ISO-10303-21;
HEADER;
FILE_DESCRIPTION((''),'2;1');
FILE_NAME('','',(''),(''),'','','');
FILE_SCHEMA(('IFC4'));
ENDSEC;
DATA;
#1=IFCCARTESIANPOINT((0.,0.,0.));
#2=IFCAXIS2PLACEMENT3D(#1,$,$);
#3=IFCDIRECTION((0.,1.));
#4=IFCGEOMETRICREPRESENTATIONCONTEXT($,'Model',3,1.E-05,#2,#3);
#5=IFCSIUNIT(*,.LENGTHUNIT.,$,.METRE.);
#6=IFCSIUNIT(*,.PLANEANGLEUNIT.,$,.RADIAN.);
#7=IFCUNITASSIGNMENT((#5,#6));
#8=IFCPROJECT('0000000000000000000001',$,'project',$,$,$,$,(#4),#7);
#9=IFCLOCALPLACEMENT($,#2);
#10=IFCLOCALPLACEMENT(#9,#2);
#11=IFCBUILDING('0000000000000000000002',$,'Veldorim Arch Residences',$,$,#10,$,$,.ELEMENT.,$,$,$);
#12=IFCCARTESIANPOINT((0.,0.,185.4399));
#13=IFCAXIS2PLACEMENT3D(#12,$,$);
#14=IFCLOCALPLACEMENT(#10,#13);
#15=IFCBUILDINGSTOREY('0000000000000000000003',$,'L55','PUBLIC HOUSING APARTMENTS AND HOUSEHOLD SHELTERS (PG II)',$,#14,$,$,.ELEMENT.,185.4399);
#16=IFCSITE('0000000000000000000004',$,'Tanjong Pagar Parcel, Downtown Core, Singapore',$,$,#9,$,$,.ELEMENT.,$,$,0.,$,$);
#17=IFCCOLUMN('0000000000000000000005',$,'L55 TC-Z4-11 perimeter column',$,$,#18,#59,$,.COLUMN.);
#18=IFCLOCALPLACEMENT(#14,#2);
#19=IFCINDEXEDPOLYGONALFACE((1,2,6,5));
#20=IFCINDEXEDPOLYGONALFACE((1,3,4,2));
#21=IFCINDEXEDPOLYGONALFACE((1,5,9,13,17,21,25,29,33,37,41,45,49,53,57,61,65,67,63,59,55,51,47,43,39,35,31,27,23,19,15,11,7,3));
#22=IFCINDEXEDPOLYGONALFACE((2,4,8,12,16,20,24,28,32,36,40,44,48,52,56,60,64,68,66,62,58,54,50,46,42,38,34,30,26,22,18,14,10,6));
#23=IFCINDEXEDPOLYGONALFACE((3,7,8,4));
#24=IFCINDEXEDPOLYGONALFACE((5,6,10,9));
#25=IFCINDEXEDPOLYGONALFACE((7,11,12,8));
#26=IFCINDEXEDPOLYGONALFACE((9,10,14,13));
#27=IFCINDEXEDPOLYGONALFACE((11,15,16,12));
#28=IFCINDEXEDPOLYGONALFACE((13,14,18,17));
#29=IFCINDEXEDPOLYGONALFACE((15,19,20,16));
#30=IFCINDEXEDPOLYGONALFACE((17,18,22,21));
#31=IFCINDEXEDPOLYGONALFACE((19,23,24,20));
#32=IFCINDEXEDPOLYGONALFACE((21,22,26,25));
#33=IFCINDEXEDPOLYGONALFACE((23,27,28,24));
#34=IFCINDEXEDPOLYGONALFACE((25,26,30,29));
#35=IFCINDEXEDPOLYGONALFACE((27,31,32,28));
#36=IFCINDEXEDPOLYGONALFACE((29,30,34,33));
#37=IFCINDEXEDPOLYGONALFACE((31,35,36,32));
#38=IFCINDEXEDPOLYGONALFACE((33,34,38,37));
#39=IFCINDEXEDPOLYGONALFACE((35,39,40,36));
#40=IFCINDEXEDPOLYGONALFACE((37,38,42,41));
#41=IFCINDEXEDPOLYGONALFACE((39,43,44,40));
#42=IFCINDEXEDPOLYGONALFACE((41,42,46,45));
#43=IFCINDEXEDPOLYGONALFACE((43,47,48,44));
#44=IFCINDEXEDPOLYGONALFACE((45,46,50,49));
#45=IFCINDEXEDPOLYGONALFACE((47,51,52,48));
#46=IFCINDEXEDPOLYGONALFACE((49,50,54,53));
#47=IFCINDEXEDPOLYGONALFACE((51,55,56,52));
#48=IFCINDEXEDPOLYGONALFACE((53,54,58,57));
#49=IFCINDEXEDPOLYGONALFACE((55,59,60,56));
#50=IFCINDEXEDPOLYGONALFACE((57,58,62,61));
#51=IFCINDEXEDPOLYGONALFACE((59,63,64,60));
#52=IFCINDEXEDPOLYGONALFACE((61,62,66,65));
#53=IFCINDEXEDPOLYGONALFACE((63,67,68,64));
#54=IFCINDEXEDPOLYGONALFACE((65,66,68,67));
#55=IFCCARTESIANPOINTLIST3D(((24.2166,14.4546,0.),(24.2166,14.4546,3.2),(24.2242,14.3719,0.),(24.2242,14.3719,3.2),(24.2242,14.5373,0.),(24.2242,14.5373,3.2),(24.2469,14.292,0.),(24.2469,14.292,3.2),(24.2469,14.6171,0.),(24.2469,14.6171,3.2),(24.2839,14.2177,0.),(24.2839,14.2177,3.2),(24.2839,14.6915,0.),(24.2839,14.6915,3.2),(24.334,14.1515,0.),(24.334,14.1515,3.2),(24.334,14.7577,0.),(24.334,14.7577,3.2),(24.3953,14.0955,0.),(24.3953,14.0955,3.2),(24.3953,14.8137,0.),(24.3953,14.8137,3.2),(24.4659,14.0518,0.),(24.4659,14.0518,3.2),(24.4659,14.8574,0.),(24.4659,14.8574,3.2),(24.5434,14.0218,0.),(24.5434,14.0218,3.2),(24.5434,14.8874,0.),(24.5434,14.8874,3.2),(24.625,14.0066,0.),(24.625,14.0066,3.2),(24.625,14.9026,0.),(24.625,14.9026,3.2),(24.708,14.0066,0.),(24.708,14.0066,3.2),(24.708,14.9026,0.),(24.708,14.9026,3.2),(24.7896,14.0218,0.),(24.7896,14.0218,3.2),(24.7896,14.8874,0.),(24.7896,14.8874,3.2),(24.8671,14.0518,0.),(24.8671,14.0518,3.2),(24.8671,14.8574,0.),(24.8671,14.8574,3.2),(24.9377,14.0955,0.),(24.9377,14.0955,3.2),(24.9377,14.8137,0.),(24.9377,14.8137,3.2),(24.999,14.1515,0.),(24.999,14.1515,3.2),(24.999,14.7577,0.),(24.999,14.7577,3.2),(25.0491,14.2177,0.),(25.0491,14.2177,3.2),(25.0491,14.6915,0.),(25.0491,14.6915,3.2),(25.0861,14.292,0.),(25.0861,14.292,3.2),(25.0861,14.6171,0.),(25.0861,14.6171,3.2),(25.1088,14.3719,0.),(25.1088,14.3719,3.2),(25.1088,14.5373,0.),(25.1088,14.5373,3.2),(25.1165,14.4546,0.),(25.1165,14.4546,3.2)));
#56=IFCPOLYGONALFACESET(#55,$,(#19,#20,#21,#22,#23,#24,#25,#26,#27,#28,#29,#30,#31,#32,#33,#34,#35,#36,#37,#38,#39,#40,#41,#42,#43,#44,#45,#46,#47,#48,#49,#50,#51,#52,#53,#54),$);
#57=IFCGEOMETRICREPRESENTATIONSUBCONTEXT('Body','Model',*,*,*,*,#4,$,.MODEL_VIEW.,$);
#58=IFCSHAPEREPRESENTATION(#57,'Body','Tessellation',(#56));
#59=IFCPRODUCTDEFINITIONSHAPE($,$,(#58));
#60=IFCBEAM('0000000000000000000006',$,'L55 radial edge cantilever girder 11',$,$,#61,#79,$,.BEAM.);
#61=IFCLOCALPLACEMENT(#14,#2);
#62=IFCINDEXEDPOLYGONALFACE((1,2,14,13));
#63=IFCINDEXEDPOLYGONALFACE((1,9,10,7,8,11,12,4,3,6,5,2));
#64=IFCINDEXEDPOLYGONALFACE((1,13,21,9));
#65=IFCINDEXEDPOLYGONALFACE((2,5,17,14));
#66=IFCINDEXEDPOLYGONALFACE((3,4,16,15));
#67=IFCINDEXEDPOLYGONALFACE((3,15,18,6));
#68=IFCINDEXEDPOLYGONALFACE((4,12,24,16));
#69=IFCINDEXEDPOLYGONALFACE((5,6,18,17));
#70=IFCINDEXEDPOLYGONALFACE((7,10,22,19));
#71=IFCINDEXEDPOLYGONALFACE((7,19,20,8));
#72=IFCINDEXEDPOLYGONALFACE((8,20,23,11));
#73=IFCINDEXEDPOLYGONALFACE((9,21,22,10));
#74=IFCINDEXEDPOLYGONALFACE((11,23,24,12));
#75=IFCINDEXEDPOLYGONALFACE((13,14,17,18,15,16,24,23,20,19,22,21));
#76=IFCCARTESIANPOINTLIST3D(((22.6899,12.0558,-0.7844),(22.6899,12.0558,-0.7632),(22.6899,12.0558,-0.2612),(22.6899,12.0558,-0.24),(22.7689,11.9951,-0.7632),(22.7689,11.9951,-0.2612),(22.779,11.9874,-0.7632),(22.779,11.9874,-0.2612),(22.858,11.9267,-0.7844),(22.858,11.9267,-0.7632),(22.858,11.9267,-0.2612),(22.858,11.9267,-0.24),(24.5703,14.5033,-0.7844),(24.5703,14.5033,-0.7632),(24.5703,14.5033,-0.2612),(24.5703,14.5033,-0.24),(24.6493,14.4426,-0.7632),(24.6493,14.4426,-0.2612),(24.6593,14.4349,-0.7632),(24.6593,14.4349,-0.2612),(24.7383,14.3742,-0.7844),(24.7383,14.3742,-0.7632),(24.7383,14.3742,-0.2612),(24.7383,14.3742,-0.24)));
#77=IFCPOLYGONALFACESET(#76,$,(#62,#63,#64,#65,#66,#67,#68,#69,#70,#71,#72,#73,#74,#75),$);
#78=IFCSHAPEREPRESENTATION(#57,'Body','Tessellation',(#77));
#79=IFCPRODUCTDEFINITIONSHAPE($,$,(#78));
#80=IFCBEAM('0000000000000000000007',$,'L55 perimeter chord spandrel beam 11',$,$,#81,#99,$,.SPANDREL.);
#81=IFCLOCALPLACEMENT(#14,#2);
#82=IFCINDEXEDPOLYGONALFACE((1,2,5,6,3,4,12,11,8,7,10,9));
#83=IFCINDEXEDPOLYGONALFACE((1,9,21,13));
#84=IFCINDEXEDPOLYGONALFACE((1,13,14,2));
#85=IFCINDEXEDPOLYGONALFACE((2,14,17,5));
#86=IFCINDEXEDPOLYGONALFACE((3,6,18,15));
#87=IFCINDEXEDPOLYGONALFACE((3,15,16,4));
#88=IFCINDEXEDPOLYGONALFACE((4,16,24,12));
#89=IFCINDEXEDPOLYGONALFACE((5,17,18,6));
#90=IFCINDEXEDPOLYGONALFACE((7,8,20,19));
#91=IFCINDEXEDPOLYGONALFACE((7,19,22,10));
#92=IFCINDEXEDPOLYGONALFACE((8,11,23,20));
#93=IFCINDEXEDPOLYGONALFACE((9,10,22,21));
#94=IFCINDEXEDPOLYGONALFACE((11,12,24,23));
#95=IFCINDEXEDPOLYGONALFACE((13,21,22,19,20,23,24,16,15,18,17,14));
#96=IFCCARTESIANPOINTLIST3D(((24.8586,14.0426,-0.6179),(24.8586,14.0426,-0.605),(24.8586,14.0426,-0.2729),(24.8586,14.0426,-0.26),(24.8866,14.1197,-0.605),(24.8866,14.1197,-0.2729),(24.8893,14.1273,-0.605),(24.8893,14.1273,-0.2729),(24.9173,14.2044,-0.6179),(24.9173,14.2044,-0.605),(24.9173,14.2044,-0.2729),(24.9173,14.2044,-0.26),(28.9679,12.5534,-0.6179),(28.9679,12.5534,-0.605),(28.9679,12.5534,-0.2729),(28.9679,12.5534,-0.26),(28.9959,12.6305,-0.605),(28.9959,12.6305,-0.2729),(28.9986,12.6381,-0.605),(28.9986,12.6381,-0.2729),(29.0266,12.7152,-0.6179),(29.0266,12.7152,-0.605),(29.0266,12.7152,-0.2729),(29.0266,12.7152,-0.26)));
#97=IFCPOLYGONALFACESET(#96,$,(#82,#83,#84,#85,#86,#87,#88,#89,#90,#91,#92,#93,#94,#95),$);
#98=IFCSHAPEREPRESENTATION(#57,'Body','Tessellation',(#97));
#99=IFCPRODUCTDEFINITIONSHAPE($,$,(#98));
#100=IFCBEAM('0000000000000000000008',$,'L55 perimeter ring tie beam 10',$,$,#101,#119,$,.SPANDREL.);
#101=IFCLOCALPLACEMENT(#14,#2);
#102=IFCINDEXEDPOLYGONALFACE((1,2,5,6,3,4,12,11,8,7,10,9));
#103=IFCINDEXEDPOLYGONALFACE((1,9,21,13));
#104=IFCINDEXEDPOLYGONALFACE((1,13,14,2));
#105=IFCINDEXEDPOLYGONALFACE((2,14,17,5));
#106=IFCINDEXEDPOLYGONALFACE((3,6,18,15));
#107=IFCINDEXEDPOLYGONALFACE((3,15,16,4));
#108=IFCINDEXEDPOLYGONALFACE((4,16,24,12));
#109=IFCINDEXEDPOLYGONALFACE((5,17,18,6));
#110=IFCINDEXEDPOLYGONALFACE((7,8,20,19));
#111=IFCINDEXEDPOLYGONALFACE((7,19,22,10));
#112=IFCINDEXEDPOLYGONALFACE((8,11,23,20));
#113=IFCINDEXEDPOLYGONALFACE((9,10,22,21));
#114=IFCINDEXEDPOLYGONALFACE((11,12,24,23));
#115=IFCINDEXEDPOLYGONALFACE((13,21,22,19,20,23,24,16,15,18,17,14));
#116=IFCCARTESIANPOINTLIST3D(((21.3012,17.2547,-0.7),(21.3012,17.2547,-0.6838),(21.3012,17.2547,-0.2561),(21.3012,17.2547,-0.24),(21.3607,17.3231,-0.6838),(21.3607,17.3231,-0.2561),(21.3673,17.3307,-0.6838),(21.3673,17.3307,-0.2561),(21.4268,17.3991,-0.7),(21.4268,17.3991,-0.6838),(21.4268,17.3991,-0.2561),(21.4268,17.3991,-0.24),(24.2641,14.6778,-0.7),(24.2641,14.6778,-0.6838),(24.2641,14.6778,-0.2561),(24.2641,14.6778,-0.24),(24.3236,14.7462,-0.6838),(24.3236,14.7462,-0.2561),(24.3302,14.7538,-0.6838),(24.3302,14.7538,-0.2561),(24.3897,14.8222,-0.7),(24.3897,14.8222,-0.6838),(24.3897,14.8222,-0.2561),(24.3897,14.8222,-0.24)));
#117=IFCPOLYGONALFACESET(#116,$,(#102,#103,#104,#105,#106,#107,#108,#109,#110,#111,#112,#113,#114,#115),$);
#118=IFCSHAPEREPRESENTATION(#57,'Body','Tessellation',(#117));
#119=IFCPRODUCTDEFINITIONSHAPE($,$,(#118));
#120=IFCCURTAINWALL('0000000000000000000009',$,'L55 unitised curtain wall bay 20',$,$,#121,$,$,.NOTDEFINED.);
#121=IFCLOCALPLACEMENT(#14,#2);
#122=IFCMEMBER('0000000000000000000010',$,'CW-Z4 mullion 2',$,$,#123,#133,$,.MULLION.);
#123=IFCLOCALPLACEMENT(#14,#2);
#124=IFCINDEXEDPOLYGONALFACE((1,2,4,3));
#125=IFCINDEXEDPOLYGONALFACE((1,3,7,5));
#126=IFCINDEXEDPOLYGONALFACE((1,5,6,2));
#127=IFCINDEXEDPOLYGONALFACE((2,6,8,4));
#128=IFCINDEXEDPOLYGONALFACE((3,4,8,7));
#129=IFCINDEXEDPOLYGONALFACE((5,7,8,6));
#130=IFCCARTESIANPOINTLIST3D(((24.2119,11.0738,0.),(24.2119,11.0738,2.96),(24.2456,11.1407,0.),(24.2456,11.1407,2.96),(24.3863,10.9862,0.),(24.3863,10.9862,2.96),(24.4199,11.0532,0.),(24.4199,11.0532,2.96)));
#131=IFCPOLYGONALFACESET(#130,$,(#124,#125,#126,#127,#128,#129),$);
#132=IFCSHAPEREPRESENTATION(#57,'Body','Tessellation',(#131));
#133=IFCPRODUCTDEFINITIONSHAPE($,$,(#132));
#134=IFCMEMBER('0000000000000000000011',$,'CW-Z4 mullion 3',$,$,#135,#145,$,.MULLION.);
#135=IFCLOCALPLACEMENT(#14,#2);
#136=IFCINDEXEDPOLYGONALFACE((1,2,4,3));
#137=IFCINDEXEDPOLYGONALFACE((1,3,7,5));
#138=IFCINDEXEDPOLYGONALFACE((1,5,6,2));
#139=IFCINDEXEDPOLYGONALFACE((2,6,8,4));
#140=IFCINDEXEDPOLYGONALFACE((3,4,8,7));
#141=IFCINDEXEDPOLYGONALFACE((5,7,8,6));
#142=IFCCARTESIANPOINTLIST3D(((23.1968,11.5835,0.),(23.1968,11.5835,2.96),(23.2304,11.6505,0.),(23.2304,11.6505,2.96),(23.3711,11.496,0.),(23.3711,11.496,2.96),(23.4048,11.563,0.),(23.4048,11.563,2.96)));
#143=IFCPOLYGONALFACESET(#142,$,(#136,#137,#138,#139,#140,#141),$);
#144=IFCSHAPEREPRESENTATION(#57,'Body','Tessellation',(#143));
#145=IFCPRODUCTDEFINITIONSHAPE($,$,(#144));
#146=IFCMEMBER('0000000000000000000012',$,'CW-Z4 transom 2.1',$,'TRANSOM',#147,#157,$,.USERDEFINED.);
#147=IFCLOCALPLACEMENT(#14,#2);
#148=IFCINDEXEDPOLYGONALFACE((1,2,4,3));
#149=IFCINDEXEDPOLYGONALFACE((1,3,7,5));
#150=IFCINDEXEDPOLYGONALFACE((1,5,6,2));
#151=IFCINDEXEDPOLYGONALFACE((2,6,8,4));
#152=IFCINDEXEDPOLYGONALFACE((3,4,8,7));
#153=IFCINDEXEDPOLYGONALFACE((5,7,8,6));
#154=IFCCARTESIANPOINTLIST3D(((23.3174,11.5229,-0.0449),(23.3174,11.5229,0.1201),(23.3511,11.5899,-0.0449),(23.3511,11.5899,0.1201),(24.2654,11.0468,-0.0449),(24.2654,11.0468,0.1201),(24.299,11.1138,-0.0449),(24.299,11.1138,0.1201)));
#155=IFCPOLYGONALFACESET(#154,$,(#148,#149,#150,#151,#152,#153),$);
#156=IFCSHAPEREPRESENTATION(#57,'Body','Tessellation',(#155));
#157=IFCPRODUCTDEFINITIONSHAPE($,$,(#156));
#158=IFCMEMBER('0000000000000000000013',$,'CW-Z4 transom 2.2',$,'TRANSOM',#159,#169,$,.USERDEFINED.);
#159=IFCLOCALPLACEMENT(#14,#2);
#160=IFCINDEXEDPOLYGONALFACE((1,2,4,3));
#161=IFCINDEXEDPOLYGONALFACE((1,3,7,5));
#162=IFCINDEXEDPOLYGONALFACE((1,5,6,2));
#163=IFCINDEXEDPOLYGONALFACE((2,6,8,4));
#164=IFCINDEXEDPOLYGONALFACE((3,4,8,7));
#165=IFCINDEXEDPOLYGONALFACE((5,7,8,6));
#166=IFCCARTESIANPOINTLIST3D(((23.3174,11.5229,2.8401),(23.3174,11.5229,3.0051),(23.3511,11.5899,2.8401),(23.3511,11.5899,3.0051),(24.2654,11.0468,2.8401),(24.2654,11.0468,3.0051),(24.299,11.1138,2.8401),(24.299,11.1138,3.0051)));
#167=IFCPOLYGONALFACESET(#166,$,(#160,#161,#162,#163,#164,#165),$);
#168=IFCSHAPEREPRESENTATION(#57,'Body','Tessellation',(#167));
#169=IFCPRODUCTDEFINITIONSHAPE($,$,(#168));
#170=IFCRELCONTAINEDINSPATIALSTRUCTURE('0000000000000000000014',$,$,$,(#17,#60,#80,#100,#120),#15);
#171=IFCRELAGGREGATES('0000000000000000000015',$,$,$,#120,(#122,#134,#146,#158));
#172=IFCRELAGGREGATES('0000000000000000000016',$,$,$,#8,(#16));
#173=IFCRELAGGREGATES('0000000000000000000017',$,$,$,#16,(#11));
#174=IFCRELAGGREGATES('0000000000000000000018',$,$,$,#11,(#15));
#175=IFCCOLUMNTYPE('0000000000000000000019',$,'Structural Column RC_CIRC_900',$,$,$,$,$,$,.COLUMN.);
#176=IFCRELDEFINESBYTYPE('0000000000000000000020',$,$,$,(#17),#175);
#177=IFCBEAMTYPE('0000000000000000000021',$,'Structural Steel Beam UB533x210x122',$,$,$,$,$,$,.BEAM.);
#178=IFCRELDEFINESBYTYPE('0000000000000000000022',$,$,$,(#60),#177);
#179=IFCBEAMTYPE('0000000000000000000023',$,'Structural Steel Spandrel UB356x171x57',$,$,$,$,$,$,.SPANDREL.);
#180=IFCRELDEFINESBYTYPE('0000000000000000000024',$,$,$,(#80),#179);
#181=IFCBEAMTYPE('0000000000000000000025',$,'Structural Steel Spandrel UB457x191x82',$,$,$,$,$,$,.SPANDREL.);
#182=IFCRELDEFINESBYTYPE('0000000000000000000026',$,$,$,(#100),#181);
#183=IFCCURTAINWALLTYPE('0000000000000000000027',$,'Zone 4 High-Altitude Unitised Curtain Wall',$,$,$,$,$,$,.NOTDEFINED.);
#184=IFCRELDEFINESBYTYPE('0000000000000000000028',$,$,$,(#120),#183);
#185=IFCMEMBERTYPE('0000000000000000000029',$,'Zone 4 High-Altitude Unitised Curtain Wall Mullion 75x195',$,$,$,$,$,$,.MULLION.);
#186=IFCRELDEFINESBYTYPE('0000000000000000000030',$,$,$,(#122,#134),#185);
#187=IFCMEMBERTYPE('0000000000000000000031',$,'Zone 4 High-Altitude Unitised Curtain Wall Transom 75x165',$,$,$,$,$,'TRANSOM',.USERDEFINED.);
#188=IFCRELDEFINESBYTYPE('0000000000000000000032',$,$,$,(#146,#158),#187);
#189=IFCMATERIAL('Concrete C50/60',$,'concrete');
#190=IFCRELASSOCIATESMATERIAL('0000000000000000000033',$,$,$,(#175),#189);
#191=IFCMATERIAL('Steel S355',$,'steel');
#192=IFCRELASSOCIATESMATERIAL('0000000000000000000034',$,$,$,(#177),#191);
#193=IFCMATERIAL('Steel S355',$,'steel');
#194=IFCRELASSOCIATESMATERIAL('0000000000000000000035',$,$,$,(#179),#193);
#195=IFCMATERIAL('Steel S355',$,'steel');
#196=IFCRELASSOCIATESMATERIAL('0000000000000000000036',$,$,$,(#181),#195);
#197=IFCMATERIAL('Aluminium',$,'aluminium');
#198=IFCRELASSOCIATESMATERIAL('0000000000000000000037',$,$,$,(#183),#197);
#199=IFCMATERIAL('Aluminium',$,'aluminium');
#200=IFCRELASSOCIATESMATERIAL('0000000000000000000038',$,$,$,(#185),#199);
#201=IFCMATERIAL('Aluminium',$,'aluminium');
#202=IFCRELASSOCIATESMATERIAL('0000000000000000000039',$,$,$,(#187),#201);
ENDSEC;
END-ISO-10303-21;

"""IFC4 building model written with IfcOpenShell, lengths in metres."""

from ifc_helpers import new_model, si_unit, direction, frame, origin, origin_2d, place, context, subcontext, project, spatial, rectangle, circle, i_section, extrude, material, material_profile, profile_set, type_object, element, aggregate, save


model = new_model("IFC4")

# Units and contexts
model_context = context("Model", 3, precision=1e-05, world=origin(), true_north=direction((0.0, 1.0)))
body_context = subcontext(model_context, "Body", "Model", "MODEL_VIEW")
ifc_project = project(units=[si_unit("LENGTHUNIT", "METRE"), si_unit("PLANEANGLEUNIT", "RADIAN")], contexts=[model_context])

# Site, building, storey
site_placement = place(None, origin())
site = spatial("IfcSite", under=ifc_project, at=site_placement, Name="Tanjong Pagar Parcel, Downtown Core, Singapore", CompositionType="ELEMENT", RefElevation=0.0)
building_placement = place(site_placement, origin())
building = spatial("IfcBuilding", under=site, at=building_placement, Name="Veldorim Arch Residences", CompositionType="ELEMENT")
storey_placement = place(building_placement, frame((0.0, 0.0, 185.4399)))
storey = spatial("IfcBuildingStorey", under=building, at=storey_placement, Name="L55", Description="PUBLIC HOUSING APARTMENTS AND HOUSEHOLD SHELTERS (PG II)", CompositionType="ELEMENT", Elevation=185.4399)

# Column
ifc_material_1 = material(Name="Concrete C50/60", Category="concrete")
ifc_material_profile_1 = material_profile(ifc_material_1, circle(Radius=0.45, at=origin_2d()), Name="RC_CIRC_900")
ifc_profile_set_1 = profile_set([ifc_material_profile_1], Name="Concrete C50/60")
column_type = type_object("IfcColumnType", Name="Structural Column RC_CIRC_900", PredefinedType="COLUMN", material=ifc_profile_set_1)
column_placement = place(storey_placement, frame((24.6665, 14.4546, 0.0), z_axis=(0.0, 0.0, 1.0), x_axis=(1.0, 0.0, 0.0)))
element("IfcColumn", 1, at=column_placement, inside=storey, type_object=column_type, Name="L55 TC-Z4-11 perimeter column", PredefinedType="COLUMN", context=body_context, shape_type="SweptSolid", body=[
    extrude(circle(Radius=0.45, at=origin_2d()), origin(), (0.0, 0.0, 1.0), 3.2),
])

# Beams
ifc_material_2 = material(Name="Steel S355", Category="steel")
ifc_material_profile_2 = material_profile(ifc_material_2, i_section(OverallWidth=0.2119, OverallDepth=0.5444, WebThickness=0.0127, FlangeThickness=0.0212, at=origin_2d()), Name="UB533x210x122")
ifc_profile_set_2 = profile_set([ifc_material_profile_2], Name="Steel S355")
beam_type_1 = type_object("IfcBeamType", Name="Structural Steel Beam UB533x210x122", PredefinedType="BEAM", material=ifc_profile_set_2)
beam_1_placement = place(storey_placement, frame((24.6543, 14.4387, -0.5122), z_axis=(-0.609237, -0.792988, 0.0), x_axis=(0.792988, -0.609237, 0.0)))
element("IfcBeam", 2, at=beam_1_placement, inside=storey, type_object=beam_type_1, Name="L55 radial edge cantilever girder 11", PredefinedType="BEAM", context=body_context, shape_type="SweptSolid", body=[
    extrude(i_section(OverallWidth=0.2119, OverallDepth=0.5444, WebThickness=0.0127, FlangeThickness=0.0212, at=origin_2d()), origin(), (0.0, 0.0, 1.0), 3.0864),
])
ifc_material_3 = material(Name="Steel S355", Category="steel")
ifc_material_profile_3 = material_profile(ifc_material_3, i_section(OverallWidth=0.1721, OverallDepth=0.3579, WebThickness=0.0081, FlangeThickness=0.0129, at=origin_2d()), Name="UB356x171x57")
ifc_profile_set_3 = profile_set([ifc_material_profile_3], Name="Steel S355")
beam_type_2 = type_object("IfcBeamType", Name="Structural Steel Spandrel UB356x171x57", PredefinedType="SPANDREL", material=ifc_profile_set_3)
beam_2_placement = place(storey_placement, frame((24.8879, 14.1235, -0.439), z_axis=(0.940165, -0.34072, 0.0), x_axis=(0.34072, 0.940165, 0.0)))
element("IfcBeam", 3, at=beam_2_placement, inside=storey, type_object=beam_type_2, Name="L55 perimeter chord spandrel beam 11", PredefinedType="SPANDREL", context=body_context, shape_type="SweptSolid", body=[
    extrude(i_section(OverallWidth=0.1721, OverallDepth=0.3579, WebThickness=0.0081, FlangeThickness=0.0129, at=origin_2d()), origin(), (0.0, 0.0, 1.0), 4.3708),
])
ifc_material_4 = material(Name="Steel S355", Category="steel")
ifc_material_profile_4 = material_profile(ifc_material_4, i_section(OverallWidth=0.1914, OverallDepth=0.46, WebThickness=0.01, FlangeThickness=0.0161, at=origin_2d()), Name="UB457x191x82")
ifc_profile_set_4 = profile_set([ifc_material_profile_4], Name="Steel S355")
beam_type_3 = type_object("IfcBeamType", Name="Structural Steel Spandrel UB457x191x82", PredefinedType="SPANDREL", material=ifc_profile_set_4)
beam_3_placement = place(storey_placement, frame((21.364, 17.3269, -0.47), z_axis=(0.754545, -0.656248, 0.0), x_axis=(0.656248, 0.754545, 0.0)))
element("IfcBeam", 4, at=beam_3_placement, inside=storey, type_object=beam_type_3, Name="L55 perimeter ring tie beam 10", PredefinedType="SPANDREL", context=body_context, shape_type="SweptSolid", body=[
    extrude(i_section(OverallWidth=0.1914, OverallDepth=0.46, WebThickness=0.01, FlangeThickness=0.0161, at=origin_2d()), origin(), (0.0, 0.0, 1.0), 3.9268),
])

# Curtain wall, members
ifc_material_5 = material(Name="Aluminium", Category="aluminium")
curtain_wall_type = type_object("IfcCurtainWallType", Name="Zone 4 High-Altitude Unitised Curtain Wall", PredefinedType="NOTDEFINED", material=ifc_material_5)
curtain_wall_placement = place(storey_placement, origin())
curtain_wall = element("IfcCurtainWall", 5, at=curtain_wall_placement, inside=storey, type_object=curtain_wall_type, Name="L55 unitised curtain wall bay 20", PredefinedType="NOTDEFINED")
ifc_material_6 = material(Name="Aluminium", Category="aluminium")
ifc_material_profile_5 = material_profile(ifc_material_6, rectangle(XDim=0.075, YDim=0.1951, at=origin_2d()), Name="ALU_MUL_75x195")
ifc_profile_set_5 = profile_set([ifc_material_profile_5], Name="Aluminium")
member_type_1 = type_object("IfcMemberType", Name="Zone 4 High-Altitude Unitised Curtain Wall Mullion 75x195", PredefinedType="MULLION", material=ifc_profile_set_5)
member_1_placement = place(storey_placement, frame((24.3159, 11.0635, 0.0), z_axis=(0.0, 0.0, 1.0), x_axis=(-0.448866, -0.893599, 0.0)))
member_1 = element("IfcMember", 6, at=member_1_placement, type_object=member_type_1, Name="CW-Z4 mullion 2", PredefinedType="MULLION", context=body_context, shape_type="SweptSolid", body=[
    extrude(rectangle(XDim=0.075, YDim=0.1951, at=origin_2d()), origin(), (0.0, 0.0, 1.0), 2.96),
])
member_2_placement = place(storey_placement, frame((23.3008, 11.5732, 0.0), z_axis=(0.0, 0.0, 1.0), x_axis=(-0.448866, -0.893599, 0.0)))
member_2 = element("IfcMember", 7, at=member_2_placement, type_object=member_type_1, Name="CW-Z4 mullion 3", PredefinedType="MULLION", context=body_context, shape_type="SweptSolid", body=[
    extrude(rectangle(XDim=0.075, YDim=0.1951, at=origin_2d()), origin(), (0.0, 0.0, 1.0), 2.96),
])
ifc_material_7 = material(Name="Aluminium", Category="aluminium")
ifc_material_profile_6 = material_profile(ifc_material_7, rectangle(XDim=0.075, YDim=0.165, at=origin_2d()), Name="ALU_TRN_75x165")
ifc_profile_set_6 = profile_set([ifc_material_profile_6], Name="Aluminium")
member_type_2 = type_object("IfcMemberType", Name="Zone 4 High-Altitude Unitised Curtain Wall Transom 75x165", ElementType="TRANSOM", PredefinedType="USERDEFINED", material=ifc_profile_set_6)
member_3_placement = place(storey_placement, frame((24.2822, 11.0803, 0.0376), z_axis=(-0.893643, 0.448778, 0.0), x_axis=(-0.448778, -0.893643, 0.0)))
member_3 = element("IfcMember", 8, at=member_3_placement, type_object=member_type_2, Name="CW-Z4 transom 2.1", ObjectType="TRANSOM", PredefinedType="USERDEFINED", context=body_context, shape_type="SweptSolid", body=[
    extrude(rectangle(XDim=0.075, YDim=0.165, at=origin_2d()), origin(), (0.0, 0.0, 1.0), 1.0608),
])
member_4_placement = place(storey_placement, frame((24.2822, 11.0803, 2.9226), z_axis=(-0.893643, 0.448778, 0.0), x_axis=(-0.448778, -0.893643, 0.0)))
member_4 = element("IfcMember", 9, at=member_4_placement, type_object=member_type_2, Name="CW-Z4 transom 2.2", ObjectType="TRANSOM", PredefinedType="USERDEFINED", context=body_context, shape_type="SweptSolid", body=[
    extrude(rectangle(XDim=0.075, YDim=0.165, at=origin_2d()), origin(), (0.0, 0.0, 1.0), 1.0608),
])
aggregate(curtain_wall, [member_1, member_2, member_3, member_4])

save(model, "model.ifc")
